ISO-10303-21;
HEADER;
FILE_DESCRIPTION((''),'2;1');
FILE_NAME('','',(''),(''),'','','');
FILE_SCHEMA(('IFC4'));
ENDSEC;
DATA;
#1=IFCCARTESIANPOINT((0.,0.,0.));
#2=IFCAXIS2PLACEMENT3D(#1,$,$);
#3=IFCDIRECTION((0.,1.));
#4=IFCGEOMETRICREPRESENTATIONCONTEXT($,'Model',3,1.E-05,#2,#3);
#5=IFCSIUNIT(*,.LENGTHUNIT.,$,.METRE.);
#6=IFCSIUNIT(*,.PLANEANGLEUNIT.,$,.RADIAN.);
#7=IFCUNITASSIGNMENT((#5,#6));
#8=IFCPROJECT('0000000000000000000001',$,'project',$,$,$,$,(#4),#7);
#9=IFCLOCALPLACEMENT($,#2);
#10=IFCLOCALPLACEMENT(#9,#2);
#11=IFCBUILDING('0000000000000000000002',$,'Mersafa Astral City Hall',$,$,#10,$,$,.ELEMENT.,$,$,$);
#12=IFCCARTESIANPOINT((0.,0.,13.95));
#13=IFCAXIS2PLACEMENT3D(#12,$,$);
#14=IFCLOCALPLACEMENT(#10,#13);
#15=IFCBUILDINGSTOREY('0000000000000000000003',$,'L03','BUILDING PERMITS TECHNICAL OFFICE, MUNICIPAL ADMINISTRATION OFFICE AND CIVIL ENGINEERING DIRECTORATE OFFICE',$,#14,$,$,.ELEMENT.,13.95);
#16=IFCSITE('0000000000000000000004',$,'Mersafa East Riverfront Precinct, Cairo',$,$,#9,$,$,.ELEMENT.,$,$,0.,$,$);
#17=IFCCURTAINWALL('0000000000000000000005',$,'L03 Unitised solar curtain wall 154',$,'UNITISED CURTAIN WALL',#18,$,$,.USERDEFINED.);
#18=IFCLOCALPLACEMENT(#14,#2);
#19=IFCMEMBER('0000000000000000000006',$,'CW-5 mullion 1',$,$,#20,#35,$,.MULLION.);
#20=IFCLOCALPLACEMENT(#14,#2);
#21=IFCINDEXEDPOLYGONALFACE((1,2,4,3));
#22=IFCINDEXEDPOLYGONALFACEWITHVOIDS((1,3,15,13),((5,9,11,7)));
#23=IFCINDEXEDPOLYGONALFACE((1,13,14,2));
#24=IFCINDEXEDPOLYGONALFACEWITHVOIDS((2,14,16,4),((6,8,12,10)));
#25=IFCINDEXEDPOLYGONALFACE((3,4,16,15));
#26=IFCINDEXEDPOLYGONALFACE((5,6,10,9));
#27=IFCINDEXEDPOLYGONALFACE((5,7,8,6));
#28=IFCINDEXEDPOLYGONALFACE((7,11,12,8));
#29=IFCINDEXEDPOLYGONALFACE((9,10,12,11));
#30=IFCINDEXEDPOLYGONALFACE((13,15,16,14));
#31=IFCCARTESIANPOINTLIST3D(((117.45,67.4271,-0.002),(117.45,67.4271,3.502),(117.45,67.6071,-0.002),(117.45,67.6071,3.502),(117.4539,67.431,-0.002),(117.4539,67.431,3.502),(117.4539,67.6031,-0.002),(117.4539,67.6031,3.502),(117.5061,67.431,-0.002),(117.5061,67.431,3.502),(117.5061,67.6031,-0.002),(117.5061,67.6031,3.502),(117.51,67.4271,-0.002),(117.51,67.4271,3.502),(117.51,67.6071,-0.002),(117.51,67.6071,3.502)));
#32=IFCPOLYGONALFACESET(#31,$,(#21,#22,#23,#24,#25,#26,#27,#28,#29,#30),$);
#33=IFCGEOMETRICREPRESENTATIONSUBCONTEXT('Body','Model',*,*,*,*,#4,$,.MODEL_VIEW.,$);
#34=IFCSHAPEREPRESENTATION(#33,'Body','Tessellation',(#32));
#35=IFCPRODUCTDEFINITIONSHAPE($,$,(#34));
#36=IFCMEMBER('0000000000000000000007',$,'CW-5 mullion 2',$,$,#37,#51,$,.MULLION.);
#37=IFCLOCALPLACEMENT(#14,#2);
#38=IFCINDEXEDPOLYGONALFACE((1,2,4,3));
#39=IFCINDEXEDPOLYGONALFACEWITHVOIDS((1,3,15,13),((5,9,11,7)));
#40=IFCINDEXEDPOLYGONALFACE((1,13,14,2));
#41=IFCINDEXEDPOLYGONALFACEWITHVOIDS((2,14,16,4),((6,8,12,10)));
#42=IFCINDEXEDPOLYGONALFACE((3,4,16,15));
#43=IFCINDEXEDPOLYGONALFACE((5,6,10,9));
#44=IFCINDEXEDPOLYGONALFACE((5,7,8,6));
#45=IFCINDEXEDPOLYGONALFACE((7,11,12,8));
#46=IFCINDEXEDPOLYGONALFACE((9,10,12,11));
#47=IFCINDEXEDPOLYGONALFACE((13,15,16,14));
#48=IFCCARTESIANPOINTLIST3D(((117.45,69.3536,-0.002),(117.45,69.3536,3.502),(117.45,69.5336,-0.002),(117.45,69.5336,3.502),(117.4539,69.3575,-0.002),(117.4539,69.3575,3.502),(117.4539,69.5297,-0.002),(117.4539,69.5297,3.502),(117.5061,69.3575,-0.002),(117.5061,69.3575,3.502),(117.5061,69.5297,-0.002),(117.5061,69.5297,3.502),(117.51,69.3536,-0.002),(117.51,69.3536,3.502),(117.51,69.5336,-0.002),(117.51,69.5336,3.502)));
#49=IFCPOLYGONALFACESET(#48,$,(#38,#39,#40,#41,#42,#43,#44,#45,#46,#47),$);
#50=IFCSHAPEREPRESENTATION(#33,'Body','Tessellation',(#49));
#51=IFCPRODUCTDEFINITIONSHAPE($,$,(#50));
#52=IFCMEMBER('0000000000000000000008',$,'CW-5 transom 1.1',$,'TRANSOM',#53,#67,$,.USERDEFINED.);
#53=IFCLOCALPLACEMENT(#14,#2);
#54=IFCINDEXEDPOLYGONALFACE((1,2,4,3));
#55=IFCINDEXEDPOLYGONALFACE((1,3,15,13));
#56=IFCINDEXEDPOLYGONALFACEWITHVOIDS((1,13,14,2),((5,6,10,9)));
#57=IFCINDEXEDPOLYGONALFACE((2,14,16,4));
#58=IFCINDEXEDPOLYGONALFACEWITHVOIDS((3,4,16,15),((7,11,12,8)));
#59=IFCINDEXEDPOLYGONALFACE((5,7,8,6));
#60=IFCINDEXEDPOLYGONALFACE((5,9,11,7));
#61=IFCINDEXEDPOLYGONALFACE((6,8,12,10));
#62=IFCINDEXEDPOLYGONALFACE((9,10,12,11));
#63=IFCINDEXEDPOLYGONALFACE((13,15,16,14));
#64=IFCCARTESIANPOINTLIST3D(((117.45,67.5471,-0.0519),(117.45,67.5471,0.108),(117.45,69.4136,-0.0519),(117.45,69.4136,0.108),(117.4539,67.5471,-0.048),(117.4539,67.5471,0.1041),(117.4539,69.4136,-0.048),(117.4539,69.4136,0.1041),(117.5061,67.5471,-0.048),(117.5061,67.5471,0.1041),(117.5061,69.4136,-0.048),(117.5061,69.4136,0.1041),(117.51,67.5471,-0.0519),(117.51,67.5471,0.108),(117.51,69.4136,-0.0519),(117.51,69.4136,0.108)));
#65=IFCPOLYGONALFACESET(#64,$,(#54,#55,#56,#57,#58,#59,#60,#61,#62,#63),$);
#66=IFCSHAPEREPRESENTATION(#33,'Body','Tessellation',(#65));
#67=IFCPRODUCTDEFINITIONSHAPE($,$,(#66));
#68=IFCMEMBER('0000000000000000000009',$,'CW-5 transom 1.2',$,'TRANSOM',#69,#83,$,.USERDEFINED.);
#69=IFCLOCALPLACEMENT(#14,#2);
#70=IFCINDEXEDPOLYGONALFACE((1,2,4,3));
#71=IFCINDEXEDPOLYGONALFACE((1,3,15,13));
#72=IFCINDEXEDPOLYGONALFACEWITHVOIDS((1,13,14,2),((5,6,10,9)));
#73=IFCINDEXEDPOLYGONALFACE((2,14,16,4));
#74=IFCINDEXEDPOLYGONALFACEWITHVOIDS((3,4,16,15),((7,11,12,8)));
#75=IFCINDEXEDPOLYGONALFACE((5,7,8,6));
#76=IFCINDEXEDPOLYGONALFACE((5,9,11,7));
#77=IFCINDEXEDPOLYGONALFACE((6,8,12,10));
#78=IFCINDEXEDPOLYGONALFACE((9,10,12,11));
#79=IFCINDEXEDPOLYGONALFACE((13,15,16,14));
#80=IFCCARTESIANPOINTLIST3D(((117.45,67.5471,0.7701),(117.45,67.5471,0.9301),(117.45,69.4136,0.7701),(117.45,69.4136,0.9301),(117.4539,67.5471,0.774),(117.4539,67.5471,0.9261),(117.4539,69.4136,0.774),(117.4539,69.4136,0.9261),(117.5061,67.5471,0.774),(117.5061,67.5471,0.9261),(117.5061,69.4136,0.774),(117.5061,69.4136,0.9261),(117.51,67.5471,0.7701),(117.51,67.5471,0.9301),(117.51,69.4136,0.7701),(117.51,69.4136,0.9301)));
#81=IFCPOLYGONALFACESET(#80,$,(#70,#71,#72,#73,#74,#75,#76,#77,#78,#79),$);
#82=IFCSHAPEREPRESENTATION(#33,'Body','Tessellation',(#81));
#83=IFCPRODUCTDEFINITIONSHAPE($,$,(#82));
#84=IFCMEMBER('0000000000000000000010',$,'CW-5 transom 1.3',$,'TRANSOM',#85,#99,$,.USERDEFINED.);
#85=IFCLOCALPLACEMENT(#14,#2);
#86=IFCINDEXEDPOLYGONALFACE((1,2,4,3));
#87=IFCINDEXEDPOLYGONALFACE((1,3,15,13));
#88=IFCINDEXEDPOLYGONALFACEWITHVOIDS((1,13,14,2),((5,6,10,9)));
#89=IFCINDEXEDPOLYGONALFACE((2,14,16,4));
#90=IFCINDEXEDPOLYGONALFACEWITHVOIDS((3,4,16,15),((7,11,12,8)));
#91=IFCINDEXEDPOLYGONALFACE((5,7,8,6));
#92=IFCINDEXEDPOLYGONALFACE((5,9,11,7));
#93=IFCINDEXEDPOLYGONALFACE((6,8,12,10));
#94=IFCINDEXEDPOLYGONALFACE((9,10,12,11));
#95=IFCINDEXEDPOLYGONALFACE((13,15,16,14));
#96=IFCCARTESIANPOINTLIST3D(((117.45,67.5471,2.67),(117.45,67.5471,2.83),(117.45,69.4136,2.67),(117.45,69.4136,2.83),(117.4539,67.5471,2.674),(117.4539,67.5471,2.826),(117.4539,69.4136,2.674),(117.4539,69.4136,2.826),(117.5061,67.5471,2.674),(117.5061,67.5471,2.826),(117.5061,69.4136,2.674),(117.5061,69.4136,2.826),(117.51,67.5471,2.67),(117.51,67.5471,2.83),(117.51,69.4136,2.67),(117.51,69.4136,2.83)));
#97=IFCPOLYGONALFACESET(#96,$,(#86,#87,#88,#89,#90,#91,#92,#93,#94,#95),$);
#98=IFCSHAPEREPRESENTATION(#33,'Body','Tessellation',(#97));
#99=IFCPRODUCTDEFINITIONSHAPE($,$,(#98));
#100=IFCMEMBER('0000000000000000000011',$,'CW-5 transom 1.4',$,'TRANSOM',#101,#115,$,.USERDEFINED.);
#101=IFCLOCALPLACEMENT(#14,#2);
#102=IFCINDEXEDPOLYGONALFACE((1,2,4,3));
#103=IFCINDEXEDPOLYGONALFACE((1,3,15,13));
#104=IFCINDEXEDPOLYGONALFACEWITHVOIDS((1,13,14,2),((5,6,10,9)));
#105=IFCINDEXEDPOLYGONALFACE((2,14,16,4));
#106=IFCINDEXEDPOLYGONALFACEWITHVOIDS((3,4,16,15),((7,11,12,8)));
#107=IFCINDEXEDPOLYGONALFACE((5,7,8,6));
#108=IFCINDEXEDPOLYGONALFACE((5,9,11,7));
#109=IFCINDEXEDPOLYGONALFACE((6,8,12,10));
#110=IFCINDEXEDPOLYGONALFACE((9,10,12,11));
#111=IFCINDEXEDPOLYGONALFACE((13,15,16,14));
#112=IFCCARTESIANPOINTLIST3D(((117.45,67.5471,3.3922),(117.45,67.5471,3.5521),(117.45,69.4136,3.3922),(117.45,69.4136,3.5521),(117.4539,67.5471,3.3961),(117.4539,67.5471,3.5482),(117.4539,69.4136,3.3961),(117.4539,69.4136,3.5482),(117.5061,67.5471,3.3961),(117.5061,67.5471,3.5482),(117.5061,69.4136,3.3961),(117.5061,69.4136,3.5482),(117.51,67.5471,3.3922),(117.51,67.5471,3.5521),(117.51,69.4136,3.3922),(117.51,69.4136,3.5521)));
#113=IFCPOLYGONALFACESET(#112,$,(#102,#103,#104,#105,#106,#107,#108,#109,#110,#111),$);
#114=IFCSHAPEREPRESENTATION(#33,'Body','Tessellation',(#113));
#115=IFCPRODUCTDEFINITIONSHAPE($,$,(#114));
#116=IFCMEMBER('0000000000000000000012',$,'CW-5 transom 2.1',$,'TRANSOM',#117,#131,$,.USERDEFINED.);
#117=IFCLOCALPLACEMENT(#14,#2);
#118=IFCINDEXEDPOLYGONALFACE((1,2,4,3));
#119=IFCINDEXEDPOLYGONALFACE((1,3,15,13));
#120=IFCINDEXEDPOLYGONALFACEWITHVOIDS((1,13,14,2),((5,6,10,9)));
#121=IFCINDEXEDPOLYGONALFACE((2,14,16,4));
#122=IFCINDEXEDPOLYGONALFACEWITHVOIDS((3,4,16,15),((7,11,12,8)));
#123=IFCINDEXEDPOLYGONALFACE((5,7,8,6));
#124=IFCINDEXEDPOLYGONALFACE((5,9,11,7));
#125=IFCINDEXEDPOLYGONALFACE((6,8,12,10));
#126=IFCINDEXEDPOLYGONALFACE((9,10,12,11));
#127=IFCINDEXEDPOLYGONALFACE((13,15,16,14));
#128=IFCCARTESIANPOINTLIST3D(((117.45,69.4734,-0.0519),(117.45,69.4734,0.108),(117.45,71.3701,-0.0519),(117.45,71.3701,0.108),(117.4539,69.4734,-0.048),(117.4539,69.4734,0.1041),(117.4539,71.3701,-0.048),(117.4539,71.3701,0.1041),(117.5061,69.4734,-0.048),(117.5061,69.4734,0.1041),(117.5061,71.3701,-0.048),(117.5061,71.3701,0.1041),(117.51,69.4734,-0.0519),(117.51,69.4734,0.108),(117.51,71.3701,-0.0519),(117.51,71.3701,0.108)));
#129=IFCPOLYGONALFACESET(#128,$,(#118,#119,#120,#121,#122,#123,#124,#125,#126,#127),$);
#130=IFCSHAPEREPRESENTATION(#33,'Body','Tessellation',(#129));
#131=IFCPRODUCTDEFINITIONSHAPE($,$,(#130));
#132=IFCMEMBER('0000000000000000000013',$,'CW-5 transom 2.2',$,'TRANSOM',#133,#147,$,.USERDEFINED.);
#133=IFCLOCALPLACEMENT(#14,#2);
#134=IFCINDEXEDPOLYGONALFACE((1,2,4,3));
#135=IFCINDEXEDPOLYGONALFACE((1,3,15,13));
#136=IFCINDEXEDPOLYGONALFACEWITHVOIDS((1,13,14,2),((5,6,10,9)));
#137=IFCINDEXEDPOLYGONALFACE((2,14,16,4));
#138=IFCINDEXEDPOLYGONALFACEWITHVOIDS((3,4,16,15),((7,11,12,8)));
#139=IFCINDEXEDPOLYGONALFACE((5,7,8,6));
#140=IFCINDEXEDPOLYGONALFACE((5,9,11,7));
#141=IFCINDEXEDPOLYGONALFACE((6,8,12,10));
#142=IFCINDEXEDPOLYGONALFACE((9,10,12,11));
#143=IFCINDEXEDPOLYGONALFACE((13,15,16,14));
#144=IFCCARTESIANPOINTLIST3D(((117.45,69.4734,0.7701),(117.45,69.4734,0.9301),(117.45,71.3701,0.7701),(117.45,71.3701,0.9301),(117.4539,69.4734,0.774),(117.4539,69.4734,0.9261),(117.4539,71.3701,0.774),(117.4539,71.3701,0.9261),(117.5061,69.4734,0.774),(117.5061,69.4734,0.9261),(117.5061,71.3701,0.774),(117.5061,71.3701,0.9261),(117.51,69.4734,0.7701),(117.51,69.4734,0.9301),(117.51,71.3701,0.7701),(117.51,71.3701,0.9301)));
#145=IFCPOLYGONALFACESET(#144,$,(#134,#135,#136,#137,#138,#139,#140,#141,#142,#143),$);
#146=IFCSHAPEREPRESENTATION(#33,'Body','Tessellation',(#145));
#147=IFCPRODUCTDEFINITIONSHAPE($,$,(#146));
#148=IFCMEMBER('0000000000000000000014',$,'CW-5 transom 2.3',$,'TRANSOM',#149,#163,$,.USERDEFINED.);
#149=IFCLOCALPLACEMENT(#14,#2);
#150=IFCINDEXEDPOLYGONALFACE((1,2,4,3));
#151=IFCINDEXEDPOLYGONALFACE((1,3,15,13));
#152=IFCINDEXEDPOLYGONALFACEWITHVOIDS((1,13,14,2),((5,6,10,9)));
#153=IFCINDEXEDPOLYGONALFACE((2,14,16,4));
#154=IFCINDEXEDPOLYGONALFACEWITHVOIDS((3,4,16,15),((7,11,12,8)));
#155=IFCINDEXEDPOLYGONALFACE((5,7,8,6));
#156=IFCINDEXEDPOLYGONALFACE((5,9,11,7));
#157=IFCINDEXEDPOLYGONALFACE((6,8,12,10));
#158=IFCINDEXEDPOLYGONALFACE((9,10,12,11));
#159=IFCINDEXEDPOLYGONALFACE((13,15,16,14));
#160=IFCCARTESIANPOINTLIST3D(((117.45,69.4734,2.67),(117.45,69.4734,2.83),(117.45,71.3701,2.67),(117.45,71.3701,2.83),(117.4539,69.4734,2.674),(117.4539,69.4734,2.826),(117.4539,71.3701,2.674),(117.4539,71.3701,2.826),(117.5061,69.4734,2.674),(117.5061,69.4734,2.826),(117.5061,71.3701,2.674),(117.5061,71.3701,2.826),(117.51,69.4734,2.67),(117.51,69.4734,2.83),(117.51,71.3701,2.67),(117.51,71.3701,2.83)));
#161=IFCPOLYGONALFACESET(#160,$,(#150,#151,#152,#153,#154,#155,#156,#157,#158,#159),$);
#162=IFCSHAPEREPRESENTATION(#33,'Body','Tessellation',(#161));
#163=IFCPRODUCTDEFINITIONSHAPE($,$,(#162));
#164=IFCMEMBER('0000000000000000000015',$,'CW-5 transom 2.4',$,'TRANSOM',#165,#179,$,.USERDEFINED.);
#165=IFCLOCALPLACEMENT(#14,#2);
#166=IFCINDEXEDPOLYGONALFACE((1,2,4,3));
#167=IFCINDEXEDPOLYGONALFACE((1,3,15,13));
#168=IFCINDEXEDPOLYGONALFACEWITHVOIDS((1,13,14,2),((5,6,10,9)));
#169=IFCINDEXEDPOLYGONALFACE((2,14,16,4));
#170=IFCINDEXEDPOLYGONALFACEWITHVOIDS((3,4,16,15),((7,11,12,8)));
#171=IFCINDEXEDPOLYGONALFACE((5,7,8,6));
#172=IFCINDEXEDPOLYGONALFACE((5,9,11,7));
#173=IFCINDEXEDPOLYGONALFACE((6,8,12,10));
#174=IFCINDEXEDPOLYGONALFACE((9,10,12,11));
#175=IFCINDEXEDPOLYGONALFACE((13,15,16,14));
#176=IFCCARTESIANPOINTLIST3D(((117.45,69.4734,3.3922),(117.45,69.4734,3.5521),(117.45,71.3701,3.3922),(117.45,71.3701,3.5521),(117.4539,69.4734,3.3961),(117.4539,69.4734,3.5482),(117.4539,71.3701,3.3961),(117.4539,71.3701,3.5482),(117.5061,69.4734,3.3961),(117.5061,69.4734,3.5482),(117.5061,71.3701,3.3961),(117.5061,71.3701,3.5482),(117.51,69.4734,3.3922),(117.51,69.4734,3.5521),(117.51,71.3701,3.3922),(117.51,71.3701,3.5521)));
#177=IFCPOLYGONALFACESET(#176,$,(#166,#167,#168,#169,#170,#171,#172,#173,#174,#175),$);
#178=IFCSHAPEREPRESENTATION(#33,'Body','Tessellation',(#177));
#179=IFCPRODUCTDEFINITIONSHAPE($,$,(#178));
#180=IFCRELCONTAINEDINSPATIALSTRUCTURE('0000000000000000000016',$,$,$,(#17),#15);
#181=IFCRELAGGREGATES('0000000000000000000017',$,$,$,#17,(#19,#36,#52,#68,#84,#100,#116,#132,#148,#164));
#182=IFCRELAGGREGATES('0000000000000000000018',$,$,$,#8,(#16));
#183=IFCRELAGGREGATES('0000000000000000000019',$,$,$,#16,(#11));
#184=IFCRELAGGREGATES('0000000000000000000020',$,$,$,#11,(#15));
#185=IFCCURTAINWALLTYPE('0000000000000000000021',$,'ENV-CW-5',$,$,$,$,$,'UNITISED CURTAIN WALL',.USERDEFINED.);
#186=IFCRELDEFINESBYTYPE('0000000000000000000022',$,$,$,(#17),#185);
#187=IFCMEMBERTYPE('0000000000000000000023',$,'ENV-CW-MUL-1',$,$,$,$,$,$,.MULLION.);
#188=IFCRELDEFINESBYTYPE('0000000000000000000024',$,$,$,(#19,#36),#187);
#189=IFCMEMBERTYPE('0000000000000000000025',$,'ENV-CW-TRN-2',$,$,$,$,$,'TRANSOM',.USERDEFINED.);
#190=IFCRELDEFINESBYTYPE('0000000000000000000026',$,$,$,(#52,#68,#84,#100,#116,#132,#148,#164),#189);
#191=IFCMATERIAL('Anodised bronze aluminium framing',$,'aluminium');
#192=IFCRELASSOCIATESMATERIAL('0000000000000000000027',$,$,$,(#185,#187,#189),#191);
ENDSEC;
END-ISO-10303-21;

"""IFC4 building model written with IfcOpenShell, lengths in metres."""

from ifc_helpers import new_model, si_unit, direction, frame, origin, origin_2d, place, context, subcontext, project, spatial, hollow_rectangle, extrude, material, material_profile, profile_set, type_object, element, aggregate, save


model = new_model("IFC4")

# Units and contexts
model_context = context("Model", 3, precision=1e-05, world=origin(), true_north=direction((0.0, 1.0)))
body_context = subcontext(model_context, "Body", "Model", "MODEL_VIEW")
ifc_project = project(units=[si_unit("LENGTHUNIT", "METRE"), si_unit("PLANEANGLEUNIT", "RADIAN")], contexts=[model_context])

# Site, building, storey
site_placement = place(None, origin())
site = spatial("IfcSite", under=ifc_project, at=site_placement, Name="Mersafa East Riverfront Precinct, Cairo", CompositionType="ELEMENT", RefElevation=0.0)
building_placement = place(site_placement, origin())
building = spatial("IfcBuilding", under=site, at=building_placement, Name="Mersafa Astral City Hall", CompositionType="ELEMENT")
storey_placement = place(building_placement, frame((0.0, 0.0, 13.95)))
storey = spatial("IfcBuildingStorey", under=building, at=storey_placement, Name="L03", Description="BUILDING PERMITS TECHNICAL OFFICE, MUNICIPAL ADMINISTRATION OFFICE AND CIVIL ENGINEERING DIRECTORATE OFFICE", CompositionType="ELEMENT", Elevation=13.95)

# Curtain wall, members
ifc_material_1 = material(Name="Anodised bronze aluminium framing", Category="aluminium")
curtain_wall_type = type_object("IfcCurtainWallType", Name="ENV-CW-5", ElementType="UNITISED CURTAIN WALL", PredefinedType="USERDEFINED", material=ifc_material_1)
curtain_wall_placement = place(storey_placement, origin())
curtain_wall = element("IfcCurtainWall", 1, at=curtain_wall_placement, inside=storey, type_object=curtain_wall_type, Name="L03 Unitised solar curtain wall 154", ObjectType="UNITISED CURTAIN WALL", PredefinedType="USERDEFINED")
ifc_material_profile_1 = material_profile(ifc_material_1, hollow_rectangle(XDim=0.0601, YDim=0.1799, WallThickness=0.0039, at=origin_2d()), Name="RHS 60x180x4")
ifc_profile_set_1 = profile_set([ifc_material_profile_1], Name="Anodised bronze aluminium framing")
member_type_1 = type_object("IfcMemberType", Name="ENV-CW-MUL-1", PredefinedType="MULLION", material=ifc_profile_set_1)
member_1_placement = place(storey_placement, frame((117.48, 67.5171, -0.002), z_axis=(0.0, 0.0, 1.0), x_axis=(-1.0, 0.0, 0.0)))
member_1 = element("IfcMember", 2, at=member_1_placement, type_object=member_type_1, Name="CW-5 mullion 1", PredefinedType="MULLION", context=body_context, shape_type="SweptSolid", body=[
    extrude(hollow_rectangle(XDim=0.0601, YDim=0.1799, WallThickness=0.0039, at=origin_2d()), origin(), (0.0, 0.0, 1.0), 3.5039),
])
member_2_placement = place(storey_placement, frame((117.48, 69.4436, -0.002), z_axis=(0.0, 0.0, 1.0), x_axis=(-1.0, 0.0, 0.0)))
member_2 = element("IfcMember", 3, at=member_2_placement, type_object=member_type_1, Name="CW-5 mullion 2", PredefinedType="MULLION", context=body_context, shape_type="SweptSolid", body=[
    extrude(hollow_rectangle(XDim=0.0601, YDim=0.1799, WallThickness=0.0039, at=origin_2d()), origin(), (0.0, 0.0, 1.0), 3.5039),
])
ifc_material_profile_2 = material_profile(ifc_material_1, hollow_rectangle(XDim=0.0601, YDim=0.1599, WallThickness=0.0039, at=origin_2d()), Name="RHS 60x160x4")
ifc_profile_set_2 = profile_set([ifc_material_profile_2], Name="Anodised bronze aluminium framing")
member_type_2 = type_object("IfcMemberType", Name="ENV-CW-TRN-2", ElementType="TRANSOM", PredefinedType="USERDEFINED", material=ifc_profile_set_2)
member_3_placement = place(storey_placement, frame((117.48, 67.5471, 0.0281), z_axis=(0.0, 1.0, 0.0), x_axis=(-1.0, 0.0, 0.0)))
member_3 = element("IfcMember", 4, at=member_3_placement, type_object=member_type_2, Name="CW-5 transom 1.1", ObjectType="TRANSOM", PredefinedType="USERDEFINED", context=body_context, shape_type="SweptSolid", body=[
    extrude(hollow_rectangle(XDim=0.0601, YDim=0.1599, WallThickness=0.0039, at=origin_2d()), origin(), (0.0, 0.0, 1.0), 1.8665),
])
member_4_placement = place(storey_placement, frame((117.48, 67.5471, 0.8501), z_axis=(0.0, 1.0, 0.0), x_axis=(-1.0, 0.0, 0.0)))
member_4 = element("IfcMember", 5, at=member_4_placement, type_object=member_type_2, Name="CW-5 transom 1.2", ObjectType="TRANSOM", PredefinedType="USERDEFINED", context=body_context, shape_type="SweptSolid", body=[
    extrude(hollow_rectangle(XDim=0.0601, YDim=0.1599, WallThickness=0.0039, at=origin_2d()), origin(), (0.0, 0.0, 1.0), 1.8665),
])
member_5_placement = place(storey_placement, frame((117.48, 67.5471, 2.75), z_axis=(0.0, 1.0, 0.0), x_axis=(-1.0, 0.0, 0.0)))
member_5 = element("IfcMember", 6, at=member_5_placement, type_object=member_type_2, Name="CW-5 transom 1.3", ObjectType="TRANSOM", PredefinedType="USERDEFINED", context=body_context, shape_type="SweptSolid", body=[
    extrude(hollow_rectangle(XDim=0.0601, YDim=0.1599, WallThickness=0.0039, at=origin_2d()), origin(), (0.0, 0.0, 1.0), 1.8665),
])
member_6_placement = place(storey_placement, frame((117.48, 67.5471, 3.4722), z_axis=(0.0, 1.0, 0.0), x_axis=(-1.0, 0.0, 0.0)))
member_6 = element("IfcMember", 7, at=member_6_placement, type_object=member_type_2, Name="CW-5 transom 1.4", ObjectType="TRANSOM", PredefinedType="USERDEFINED", context=body_context, shape_type="SweptSolid", body=[
    extrude(hollow_rectangle(XDim=0.0601, YDim=0.1599, WallThickness=0.0039, at=origin_2d()), origin(), (0.0, 0.0, 1.0), 1.8665),
])
member_7_placement = place(storey_placement, frame((117.48, 69.4734, 0.0281), z_axis=(0.0, 1.0, 0.0), x_axis=(-1.0, 0.0, 0.0)))
member_7 = element("IfcMember", 8, at=member_7_placement, type_object=member_type_2, Name="CW-5 transom 2.1", ObjectType="TRANSOM", PredefinedType="USERDEFINED", context=body_context, shape_type="SweptSolid", body=[
    extrude(hollow_rectangle(XDim=0.0601, YDim=0.1599, WallThickness=0.0039, at=origin_2d()), origin(), (0.0, 0.0, 1.0), 1.8967),
])
member_8_placement = place(storey_placement, frame((117.48, 69.4734, 0.8501), z_axis=(0.0, 1.0, 0.0), x_axis=(-1.0, 0.0, 0.0)))
member_8 = element("IfcMember", 9, at=member_8_placement, type_object=member_type_2, Name="CW-5 transom 2.2", ObjectType="TRANSOM", PredefinedType="USERDEFINED", context=body_context, shape_type="SweptSolid", body=[
    extrude(hollow_rectangle(XDim=0.0601, YDim=0.1599, WallThickness=0.0039, at=origin_2d()), origin(), (0.0, 0.0, 1.0), 1.8967),
])
member_9_placement = place(storey_placement, frame((117.48, 69.4734, 2.75), z_axis=(0.0, 1.0, 0.0), x_axis=(-1.0, 0.0, 0.0)))
member_9 = element("IfcMember", 10, at=member_9_placement, type_object=member_type_2, Name="CW-5 transom 2.3", ObjectType="TRANSOM", PredefinedType="USERDEFINED", context=body_context, shape_type="SweptSolid", body=[
    extrude(hollow_rectangle(XDim=0.0601, YDim=0.1599, WallThickness=0.0039, at=origin_2d()), origin(), (0.0, 0.0, 1.0), 1.8967),
])
member_10_placement = place(storey_placement, frame((117.48, 69.4734, 3.4722), z_axis=(0.0, 1.0, 0.0), x_axis=(-1.0, 0.0, 0.0)))
member_10 = element("IfcMember", 11, at=member_10_placement, type_object=member_type_2, Name="CW-5 transom 2.4", ObjectType="TRANSOM", PredefinedType="USERDEFINED", context=body_context, shape_type="SweptSolid", body=[
    extrude(hollow_rectangle(XDim=0.0601, YDim=0.1599, WallThickness=0.0039, at=origin_2d()), origin(), (0.0, 0.0, 1.0), 1.8967),
])

aggregate(curtain_wall, [member_1, member_2, member_3, member_4, member_5, member_6, member_7, member_8, member_9, member_10])

save(model, "model.ifc")
